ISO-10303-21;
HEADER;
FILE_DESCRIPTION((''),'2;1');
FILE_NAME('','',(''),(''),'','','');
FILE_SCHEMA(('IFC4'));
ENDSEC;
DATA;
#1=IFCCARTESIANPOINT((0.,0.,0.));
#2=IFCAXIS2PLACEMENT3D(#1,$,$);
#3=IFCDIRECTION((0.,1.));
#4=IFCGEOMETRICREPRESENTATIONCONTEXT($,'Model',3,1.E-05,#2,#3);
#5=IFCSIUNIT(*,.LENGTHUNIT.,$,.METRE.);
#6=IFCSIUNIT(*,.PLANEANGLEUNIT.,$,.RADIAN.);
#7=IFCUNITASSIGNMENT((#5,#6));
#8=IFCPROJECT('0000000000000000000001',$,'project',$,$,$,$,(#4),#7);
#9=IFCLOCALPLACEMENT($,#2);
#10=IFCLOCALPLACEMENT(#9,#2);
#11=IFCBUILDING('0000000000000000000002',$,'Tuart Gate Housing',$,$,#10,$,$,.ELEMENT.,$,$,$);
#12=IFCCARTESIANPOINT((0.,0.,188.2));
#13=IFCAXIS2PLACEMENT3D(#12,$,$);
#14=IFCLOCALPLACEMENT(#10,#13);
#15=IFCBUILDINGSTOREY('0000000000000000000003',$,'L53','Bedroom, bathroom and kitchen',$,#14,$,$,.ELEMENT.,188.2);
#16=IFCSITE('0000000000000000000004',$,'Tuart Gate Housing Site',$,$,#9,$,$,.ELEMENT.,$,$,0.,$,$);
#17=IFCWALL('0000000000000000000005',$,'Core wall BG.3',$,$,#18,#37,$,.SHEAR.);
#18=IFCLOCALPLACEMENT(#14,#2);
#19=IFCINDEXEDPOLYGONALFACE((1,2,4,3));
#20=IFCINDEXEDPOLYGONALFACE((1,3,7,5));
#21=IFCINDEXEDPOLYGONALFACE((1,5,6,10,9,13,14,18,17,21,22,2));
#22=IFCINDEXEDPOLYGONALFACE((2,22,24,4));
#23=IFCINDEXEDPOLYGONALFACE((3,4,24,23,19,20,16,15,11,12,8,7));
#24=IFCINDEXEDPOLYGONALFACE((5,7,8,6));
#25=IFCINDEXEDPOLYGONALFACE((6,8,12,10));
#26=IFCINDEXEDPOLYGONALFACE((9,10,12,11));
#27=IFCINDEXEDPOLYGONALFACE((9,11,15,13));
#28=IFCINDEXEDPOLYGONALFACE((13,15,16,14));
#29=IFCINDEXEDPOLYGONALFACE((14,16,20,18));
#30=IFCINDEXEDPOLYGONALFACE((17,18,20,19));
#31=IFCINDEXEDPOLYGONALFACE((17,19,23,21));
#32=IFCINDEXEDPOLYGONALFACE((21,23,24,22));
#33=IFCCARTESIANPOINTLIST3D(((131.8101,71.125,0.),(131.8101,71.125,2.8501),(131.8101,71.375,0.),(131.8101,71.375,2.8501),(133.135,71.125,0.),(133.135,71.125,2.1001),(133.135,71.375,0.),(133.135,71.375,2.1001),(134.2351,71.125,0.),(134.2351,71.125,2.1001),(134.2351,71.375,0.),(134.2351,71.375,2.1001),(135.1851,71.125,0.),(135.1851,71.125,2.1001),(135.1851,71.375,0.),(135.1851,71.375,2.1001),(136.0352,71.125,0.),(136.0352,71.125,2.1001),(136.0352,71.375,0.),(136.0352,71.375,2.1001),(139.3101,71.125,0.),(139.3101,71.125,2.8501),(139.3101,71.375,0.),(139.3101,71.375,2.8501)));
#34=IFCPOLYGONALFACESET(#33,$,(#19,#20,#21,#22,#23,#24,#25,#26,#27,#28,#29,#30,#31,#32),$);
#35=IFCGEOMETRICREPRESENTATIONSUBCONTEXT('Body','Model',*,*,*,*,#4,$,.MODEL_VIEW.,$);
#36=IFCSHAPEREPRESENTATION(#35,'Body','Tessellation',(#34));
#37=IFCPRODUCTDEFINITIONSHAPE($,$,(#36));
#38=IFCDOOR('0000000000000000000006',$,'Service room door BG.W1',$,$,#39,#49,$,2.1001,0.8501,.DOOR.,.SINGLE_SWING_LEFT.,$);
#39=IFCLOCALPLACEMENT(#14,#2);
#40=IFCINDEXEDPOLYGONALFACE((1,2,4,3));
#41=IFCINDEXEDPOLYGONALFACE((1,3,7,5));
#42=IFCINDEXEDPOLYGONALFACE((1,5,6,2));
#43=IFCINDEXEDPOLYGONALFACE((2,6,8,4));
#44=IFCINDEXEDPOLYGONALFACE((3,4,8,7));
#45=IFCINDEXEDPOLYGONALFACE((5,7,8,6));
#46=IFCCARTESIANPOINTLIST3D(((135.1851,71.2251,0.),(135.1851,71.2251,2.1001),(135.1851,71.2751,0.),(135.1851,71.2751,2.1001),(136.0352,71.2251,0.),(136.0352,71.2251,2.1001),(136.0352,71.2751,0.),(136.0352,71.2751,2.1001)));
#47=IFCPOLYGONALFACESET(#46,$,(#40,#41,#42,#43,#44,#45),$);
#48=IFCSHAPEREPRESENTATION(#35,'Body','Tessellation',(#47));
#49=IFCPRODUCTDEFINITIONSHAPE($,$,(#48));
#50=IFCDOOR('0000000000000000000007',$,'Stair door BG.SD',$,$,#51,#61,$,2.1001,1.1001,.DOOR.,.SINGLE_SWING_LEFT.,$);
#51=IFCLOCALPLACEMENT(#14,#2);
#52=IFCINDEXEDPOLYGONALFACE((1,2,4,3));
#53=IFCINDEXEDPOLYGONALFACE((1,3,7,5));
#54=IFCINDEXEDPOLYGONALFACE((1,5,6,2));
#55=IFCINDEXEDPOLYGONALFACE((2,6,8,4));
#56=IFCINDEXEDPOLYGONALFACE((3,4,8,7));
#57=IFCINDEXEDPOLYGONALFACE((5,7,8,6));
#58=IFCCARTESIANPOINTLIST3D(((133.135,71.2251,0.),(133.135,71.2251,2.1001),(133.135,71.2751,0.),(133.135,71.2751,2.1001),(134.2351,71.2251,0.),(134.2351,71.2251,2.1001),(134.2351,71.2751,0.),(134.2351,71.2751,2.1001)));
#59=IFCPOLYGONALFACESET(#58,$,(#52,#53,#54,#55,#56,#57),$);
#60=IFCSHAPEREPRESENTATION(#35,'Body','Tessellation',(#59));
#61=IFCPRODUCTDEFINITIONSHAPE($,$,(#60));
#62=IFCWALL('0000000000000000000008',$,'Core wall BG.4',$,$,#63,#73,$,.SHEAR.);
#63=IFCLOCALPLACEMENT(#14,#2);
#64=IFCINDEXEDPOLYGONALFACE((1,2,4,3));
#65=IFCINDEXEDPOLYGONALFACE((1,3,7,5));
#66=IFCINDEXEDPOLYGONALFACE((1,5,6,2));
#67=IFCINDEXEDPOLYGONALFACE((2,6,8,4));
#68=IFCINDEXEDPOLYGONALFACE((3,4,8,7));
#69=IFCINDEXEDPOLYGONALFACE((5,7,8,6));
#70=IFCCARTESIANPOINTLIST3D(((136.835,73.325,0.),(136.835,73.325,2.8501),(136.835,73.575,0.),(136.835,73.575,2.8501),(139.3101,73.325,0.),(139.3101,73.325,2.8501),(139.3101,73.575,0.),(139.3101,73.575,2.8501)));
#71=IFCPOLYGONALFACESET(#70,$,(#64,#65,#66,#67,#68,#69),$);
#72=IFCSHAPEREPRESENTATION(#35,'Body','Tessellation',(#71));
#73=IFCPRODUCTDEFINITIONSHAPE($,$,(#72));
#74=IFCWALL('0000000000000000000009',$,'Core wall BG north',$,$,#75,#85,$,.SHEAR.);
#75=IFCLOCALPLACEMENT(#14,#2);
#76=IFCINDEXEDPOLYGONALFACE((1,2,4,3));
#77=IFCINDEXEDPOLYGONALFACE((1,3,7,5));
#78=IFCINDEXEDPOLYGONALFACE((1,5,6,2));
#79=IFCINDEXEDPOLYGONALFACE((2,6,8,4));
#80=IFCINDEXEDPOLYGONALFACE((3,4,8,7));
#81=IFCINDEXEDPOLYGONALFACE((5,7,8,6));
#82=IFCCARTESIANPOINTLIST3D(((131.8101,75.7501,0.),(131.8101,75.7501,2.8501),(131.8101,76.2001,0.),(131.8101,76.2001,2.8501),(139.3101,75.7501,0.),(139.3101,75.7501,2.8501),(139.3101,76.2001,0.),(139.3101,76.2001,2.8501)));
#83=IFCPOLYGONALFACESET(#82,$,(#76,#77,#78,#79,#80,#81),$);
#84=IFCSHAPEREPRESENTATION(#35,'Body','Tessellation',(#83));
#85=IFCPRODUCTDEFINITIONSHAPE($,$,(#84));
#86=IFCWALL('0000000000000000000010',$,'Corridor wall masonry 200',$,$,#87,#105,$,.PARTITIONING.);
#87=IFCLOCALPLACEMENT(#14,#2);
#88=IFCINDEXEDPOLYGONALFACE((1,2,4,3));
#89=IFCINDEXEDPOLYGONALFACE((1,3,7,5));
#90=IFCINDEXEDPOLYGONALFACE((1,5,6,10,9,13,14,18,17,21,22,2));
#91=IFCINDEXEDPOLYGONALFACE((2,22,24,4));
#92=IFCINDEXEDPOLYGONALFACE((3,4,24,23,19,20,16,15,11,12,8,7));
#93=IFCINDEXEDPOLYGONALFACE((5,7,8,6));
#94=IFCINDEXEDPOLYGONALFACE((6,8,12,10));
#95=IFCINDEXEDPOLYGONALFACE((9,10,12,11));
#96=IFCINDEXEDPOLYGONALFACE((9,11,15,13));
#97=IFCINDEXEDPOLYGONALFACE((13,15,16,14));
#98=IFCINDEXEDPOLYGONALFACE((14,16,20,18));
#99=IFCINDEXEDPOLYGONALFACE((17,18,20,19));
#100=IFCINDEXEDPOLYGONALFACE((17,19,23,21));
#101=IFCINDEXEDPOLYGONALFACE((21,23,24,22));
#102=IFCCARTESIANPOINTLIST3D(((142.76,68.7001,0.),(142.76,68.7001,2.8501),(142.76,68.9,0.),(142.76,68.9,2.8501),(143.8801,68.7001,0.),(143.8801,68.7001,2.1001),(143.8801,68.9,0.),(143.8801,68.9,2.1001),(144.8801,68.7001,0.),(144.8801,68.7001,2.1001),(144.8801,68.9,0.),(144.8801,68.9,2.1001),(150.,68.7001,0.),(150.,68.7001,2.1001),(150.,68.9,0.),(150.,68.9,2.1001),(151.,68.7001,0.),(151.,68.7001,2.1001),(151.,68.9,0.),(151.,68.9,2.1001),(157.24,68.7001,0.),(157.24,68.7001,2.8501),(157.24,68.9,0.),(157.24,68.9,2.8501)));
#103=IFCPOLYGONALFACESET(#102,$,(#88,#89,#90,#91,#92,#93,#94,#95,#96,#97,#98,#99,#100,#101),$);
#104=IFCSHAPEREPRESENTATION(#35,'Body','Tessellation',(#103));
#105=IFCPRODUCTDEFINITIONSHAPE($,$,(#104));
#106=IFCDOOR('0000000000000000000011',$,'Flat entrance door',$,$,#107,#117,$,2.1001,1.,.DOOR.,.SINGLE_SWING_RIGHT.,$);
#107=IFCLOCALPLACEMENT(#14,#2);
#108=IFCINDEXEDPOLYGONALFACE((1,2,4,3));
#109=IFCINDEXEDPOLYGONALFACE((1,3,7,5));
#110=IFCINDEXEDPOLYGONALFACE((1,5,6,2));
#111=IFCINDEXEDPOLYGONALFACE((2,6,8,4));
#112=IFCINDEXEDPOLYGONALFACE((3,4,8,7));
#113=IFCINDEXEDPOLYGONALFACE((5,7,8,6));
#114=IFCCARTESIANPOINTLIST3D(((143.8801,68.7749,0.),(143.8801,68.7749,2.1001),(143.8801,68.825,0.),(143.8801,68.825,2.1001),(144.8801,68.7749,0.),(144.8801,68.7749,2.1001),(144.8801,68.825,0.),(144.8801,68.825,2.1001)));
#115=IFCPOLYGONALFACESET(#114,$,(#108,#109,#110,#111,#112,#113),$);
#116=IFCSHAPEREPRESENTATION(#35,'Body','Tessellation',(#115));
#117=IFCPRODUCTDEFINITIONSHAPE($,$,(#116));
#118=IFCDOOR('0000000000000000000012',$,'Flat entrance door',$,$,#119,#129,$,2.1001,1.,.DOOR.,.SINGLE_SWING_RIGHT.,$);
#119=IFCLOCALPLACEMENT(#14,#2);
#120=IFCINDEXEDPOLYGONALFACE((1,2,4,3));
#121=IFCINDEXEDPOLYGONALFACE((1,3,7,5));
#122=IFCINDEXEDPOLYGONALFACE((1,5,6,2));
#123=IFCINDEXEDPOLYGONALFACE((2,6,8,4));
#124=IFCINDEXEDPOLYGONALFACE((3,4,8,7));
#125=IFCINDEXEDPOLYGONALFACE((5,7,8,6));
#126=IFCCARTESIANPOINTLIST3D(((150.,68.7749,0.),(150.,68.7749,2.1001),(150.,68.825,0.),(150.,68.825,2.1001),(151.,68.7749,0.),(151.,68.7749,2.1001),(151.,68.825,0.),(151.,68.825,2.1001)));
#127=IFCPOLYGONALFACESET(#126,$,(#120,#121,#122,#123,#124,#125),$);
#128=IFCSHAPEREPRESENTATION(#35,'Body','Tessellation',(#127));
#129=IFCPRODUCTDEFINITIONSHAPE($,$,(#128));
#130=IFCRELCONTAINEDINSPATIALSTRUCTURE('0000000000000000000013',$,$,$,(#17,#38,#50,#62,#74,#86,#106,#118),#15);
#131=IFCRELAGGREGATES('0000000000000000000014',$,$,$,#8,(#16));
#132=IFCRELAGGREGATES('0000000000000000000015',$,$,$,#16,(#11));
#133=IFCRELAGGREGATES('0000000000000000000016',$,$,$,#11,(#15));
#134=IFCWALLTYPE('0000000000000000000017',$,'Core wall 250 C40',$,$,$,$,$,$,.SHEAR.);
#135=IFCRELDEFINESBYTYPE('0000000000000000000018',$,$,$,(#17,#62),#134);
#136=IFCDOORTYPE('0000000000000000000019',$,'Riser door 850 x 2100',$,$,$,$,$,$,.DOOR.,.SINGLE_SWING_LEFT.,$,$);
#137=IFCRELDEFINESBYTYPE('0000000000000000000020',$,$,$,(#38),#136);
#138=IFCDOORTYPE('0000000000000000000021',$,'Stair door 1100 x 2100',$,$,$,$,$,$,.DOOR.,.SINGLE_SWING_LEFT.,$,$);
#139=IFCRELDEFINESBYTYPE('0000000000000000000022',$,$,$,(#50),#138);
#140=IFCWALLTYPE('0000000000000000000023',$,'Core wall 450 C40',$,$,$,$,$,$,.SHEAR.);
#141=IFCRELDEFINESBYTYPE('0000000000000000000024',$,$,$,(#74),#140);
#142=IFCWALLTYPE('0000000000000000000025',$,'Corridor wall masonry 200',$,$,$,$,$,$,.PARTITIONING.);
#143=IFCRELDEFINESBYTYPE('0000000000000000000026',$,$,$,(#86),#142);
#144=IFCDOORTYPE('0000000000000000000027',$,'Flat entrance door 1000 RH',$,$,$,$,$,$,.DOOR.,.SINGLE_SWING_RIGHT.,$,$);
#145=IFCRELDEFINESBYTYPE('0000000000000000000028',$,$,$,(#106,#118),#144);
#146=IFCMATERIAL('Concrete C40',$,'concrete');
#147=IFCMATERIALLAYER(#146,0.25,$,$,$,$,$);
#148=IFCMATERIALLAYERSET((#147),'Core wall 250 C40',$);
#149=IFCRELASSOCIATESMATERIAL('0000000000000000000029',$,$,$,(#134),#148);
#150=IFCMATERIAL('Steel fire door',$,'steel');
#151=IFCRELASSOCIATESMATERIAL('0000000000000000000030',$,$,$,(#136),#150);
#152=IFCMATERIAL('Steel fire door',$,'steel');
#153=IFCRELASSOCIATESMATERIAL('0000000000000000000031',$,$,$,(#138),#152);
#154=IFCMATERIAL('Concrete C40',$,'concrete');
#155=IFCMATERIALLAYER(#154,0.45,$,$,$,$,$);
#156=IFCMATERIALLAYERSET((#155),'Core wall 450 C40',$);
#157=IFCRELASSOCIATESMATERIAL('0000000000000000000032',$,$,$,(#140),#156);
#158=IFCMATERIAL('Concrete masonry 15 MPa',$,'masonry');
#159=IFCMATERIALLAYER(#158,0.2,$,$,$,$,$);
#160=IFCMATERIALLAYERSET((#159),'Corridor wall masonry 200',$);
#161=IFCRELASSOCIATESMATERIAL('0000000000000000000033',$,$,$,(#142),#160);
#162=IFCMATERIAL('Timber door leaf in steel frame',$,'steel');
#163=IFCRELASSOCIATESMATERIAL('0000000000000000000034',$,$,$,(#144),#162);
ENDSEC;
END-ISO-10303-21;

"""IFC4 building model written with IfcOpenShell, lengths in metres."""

from ifc_helpers import new_model, si_unit, direction, frame, frame_2d, origin, place, context, subcontext, project, spatial, rectangle, extrude, material, layer, layer_set, type_object, element, fill, save


model = new_model("IFC4")

# Units and contexts
model_context = context("Model", 3, precision=1e-05, world=origin(), true_north=direction((0.0, 1.0)))
body_context = subcontext(model_context, "Body", "Model", "MODEL_VIEW")
ifc_project = project(units=[si_unit("LENGTHUNIT", "METRE"), si_unit("PLANEANGLEUNIT", "RADIAN")], contexts=[model_context])

# Site, building, storey
site_placement = place(None, origin())
site = spatial("IfcSite", under=ifc_project, at=site_placement, Name="Tuart Gate Housing Site", CompositionType="ELEMENT", RefElevation=0.0)
building_placement = place(site_placement, origin())
building = spatial("IfcBuilding", under=site, at=building_placement, Name="Tuart Gate Housing", CompositionType="ELEMENT")
storey_placement = place(building_placement, frame((0.0, 0.0, 188.2)))
storey = spatial("IfcBuildingStorey", under=building, at=storey_placement, Name="L53", Description="Bedroom, bathroom and kitchen", CompositionType="ELEMENT", Elevation=188.2)

# Wall, openings, doors
ifc_material_1 = material(Name="Concrete C40", Category="concrete")
ifc_layer_1 = layer(ifc_material_1, 0.25)
ifc_layer_set_1 = layer_set([ifc_layer_1], Name="Core wall 250 C40")
wall_type_1 = type_object("IfcWallType", Name="Core wall 250 C40", PredefinedType="SHEAR", material=ifc_layer_set_1)
wall_1_placement = place(storey_placement, frame((139.3101, 71.25, 0.0), z_axis=(0.0, 0.0, 1.0), x_axis=(-1.0, 0.0, 0.0)))
wall_1 = element("IfcWall", 1, at=wall_1_placement, inside=storey, type_object=wall_type_1, Name="Core wall BG.3", PredefinedType="SHEAR", context=body_context, shape_type="SweptSolid", body=[
    extrude(rectangle(XDim=7.5, YDim=0.25, at=frame_2d((3.75, 0.0))), origin(), (0.0, 0.0, 1.0), 2.8501),
])
opening_1_placement = place(wall_1_placement, frame((5.075, 0.0, 0.0)))
opening_1 = element("IfcOpeningElement", 2, at=opening_1_placement, cuts=wall_1, PredefinedType="OPENING", context=body_context, shape_type="SweptSolid", body=[
    extrude(rectangle(XDim=1.1001, YDim=2.1001, at=frame_2d((0.55, 1.05))), frame((0.0, 0.135, 0.0), z_axis=(0.0, -1.0, 0.0), x_axis=(1.0, 0.0, 0.0)), (0.0, 0.0, 1.0), 0.27),
])
opening_2_placement = place(wall_1_placement, frame((3.2749, 0.0, 0.0)))
opening_2 = element("IfcOpeningElement", 3, at=opening_2_placement, cuts=wall_1, PredefinedType="OPENING", context=body_context, shape_type="SweptSolid", body=[
    extrude(rectangle(XDim=0.8501, YDim=2.1001, at=frame_2d((0.425, 1.05))), frame((0.0, 0.135, 0.0), z_axis=(0.0, -1.0, 0.0), x_axis=(1.0, 0.0, 0.0)), (0.0, 0.0, 1.0), 0.27),
])
ifc_material_2 = material(Name="Steel fire door", Category="steel")
door_type_1 = type_object("IfcDoorType", Name="Riser door 850 x 2100", OperationType="SINGLE_SWING_LEFT", PredefinedType="DOOR", material=ifc_material_2)
door_1_placement = place(opening_2_placement, origin())
door_1 = element("IfcDoor", 4, at=door_1_placement, inside=storey, type_object=door_type_1, Name="Service room door BG.W1", OperationType="SINGLE_SWING_LEFT", OverallHeight=2.1001, OverallWidth=0.8501, PredefinedType="DOOR", context=body_context, shape_type="SweptSolid", body=[
    extrude(rectangle(XDim=0.8501, YDim=2.1001, at=frame_2d((0.425, 1.05))), frame((0.0, 0.0249, 0.0), z_axis=(0.0, -1.0, 0.0), x_axis=(1.0, 0.0, 0.0)), (0.0, 0.0, 1.0), 0.05),
])
fill(opening_2, door_1)
ifc_material_3 = material(Name="Steel fire door", Category="steel")
door_type_2 = type_object("IfcDoorType", Name="Stair door 1100 x 2100", OperationType="SINGLE_SWING_LEFT", PredefinedType="DOOR", material=ifc_material_3)
door_2_placement = place(opening_1_placement, origin())
door_2 = element("IfcDoor", 5, at=door_2_placement, inside=storey, type_object=door_type_2, Name="Stair door BG.SD", OperationType="SINGLE_SWING_LEFT", OverallHeight=2.1001, OverallWidth=1.1001, PredefinedType="DOOR", context=body_context, shape_type="SweptSolid", body=[
    extrude(rectangle(XDim=1.1001, YDim=2.1001, at=frame_2d((0.55, 1.05))), frame((0.0, 0.0249, 0.0), z_axis=(0.0, -1.0, 0.0), x_axis=(1.0, 0.0, 0.0)), (0.0, 0.0, 1.0), 0.05),
])
fill(opening_1, door_2)

# Walls
wall_2_placement = place(storey_placement, frame((139.3101, 73.45, 0.0), z_axis=(0.0, 0.0, 1.0), x_axis=(-1.0, 0.0, 0.0)))
element("IfcWall", 6, at=wall_2_placement, inside=storey, type_object=wall_type_1, Name="Core wall BG.4", PredefinedType="SHEAR", context=body_context, shape_type="SweptSolid", body=[
    extrude(rectangle(XDim=2.4751, YDim=0.25, at=frame_2d((1.2375, 0.0))), origin(), (0.0, 0.0, 1.0), 2.8501),
])
ifc_material_4 = material(Name="Concrete C40", Category="concrete")
ifc_layer_2 = layer(ifc_material_4, 0.45)
ifc_layer_set_2 = layer_set([ifc_layer_2], Name="Core wall 450 C40")
wall_type_2 = type_object("IfcWallType", Name="Core wall 450 C40", PredefinedType="SHEAR", material=ifc_layer_set_2)
wall_3_placement = place(storey_placement, frame((139.3101, 75.9751, 0.0), z_axis=(0.0, 0.0, 1.0), x_axis=(-1.0, 0.0, 0.0)))
element("IfcWall", 7, at=wall_3_placement, inside=storey, type_object=wall_type_2, Name="Core wall BG north", PredefinedType="SHEAR", context=body_context, shape_type="SweptSolid", body=[
    extrude(rectangle(XDim=7.5, YDim=0.45, at=frame_2d((3.75, 0.0))), origin(), (0.0, 0.0, 1.0), 2.8501),
])

# Wall, openings, doors
ifc_material_5 = material(Name="Concrete masonry 15 MPa", Category="masonry")
ifc_layer_3 = layer(ifc_material_5, 0.2)
ifc_layer_set_3 = layer_set([ifc_layer_3], Name="Corridor wall masonry 200")
wall_type_3 = type_object("IfcWallType", Name="Corridor wall masonry 200", PredefinedType="PARTITIONING", material=ifc_layer_set_3)
wall_4_placement = place(storey_placement, frame((142.76, 68.8, 0.0), z_axis=(0.0, 0.0, 1.0), x_axis=(1.0, 0.0, 0.0)))
wall_4 = element("IfcWall", 8, at=wall_4_placement, inside=storey, type_object=wall_type_3, Name="Corridor wall masonry 200", PredefinedType="PARTITIONING", context=body_context, shape_type="SweptSolid", body=[
    extrude(rectangle(XDim=14.48, YDim=0.2, at=frame_2d((7.24, 0.0))), origin(), (0.0, 0.0, 1.0), 2.8501),
])
opening_3_placement = place(wall_4_placement, frame((1.1201, 0.0, 0.0)))
opening_3 = element("IfcOpeningElement", 9, at=opening_3_placement, cuts=wall_4, PredefinedType="OPENING", context=body_context, shape_type="SweptSolid", body=[
    extrude(rectangle(XDim=1.0, YDim=2.1001, at=frame_2d((0.5, 1.05))), frame((0.0, 0.1099, 0.0), z_axis=(0.0, -1.0, 0.0), x_axis=(1.0, 0.0, 0.0)), (0.0, 0.0, 1.0), 0.22),
])
opening_4_placement = place(wall_4_placement, frame((7.24, 0.0, 0.0)))
opening_4 = element("IfcOpeningElement", 10, at=opening_4_placement, cuts=wall_4, PredefinedType="OPENING", context=body_context, shape_type="SweptSolid", body=[
    extrude(rectangle(XDim=1.0, YDim=2.1001, at=frame_2d((0.5, 1.05))), frame((0.0, 0.1099, 0.0), z_axis=(0.0, -1.0, 0.0), x_axis=(1.0, 0.0, 0.0)), (0.0, 0.0, 1.0), 0.22),
])
ifc_material_6 = material(Name="Timber door leaf in steel frame", Category="steel")
door_type_3 = type_object("IfcDoorType", Name="Flat entrance door 1000 RH", OperationType="SINGLE_SWING_RIGHT", PredefinedType="DOOR", material=ifc_material_6)
door_3_placement = place(opening_3_placement, frame((1.0, 0.0, 0.0), z_axis=(0.0, 0.0, 1.0), x_axis=(-1.0, 0.0, 0.0)))
door_3 = element("IfcDoor", 11, at=door_3_placement, inside=storey, type_object=door_type_3, Name="Flat entrance door", OperationType="SINGLE_SWING_RIGHT", OverallHeight=2.1001, OverallWidth=1.0, PredefinedType="DOOR", context=body_context, shape_type="SweptSolid", body=[
    extrude(rectangle(XDim=1.0, YDim=2.1001, at=frame_2d((0.5, 1.05))), frame((0.0, 0.0251, 0.0), z_axis=(0.0, -1.0, 0.0), x_axis=(1.0, 0.0, 0.0)), (0.0, 0.0, 1.0), 0.05),
])
fill(opening_3, door_3)
door_4_placement = place(opening_4_placement, frame((1.0, 0.0, 0.0), z_axis=(0.0, 0.0, 1.0), x_axis=(-1.0, 0.0, 0.0)))
door_4 = element("IfcDoor", 12, at=door_4_placement, inside=storey, type_object=door_type_3, Name="Flat entrance door", OperationType="SINGLE_SWING_RIGHT", OverallHeight=2.1001, OverallWidth=1.0, PredefinedType="DOOR", context=body_context, shape_type="SweptSolid", body=[
    extrude(rectangle(XDim=1.0, YDim=2.1001, at=frame_2d((0.5, 1.05))), frame((0.0, 0.0251, 0.0), z_axis=(0.0, -1.0, 0.0), x_axis=(1.0, 0.0, 0.0)), (0.0, 0.0, 1.0), 0.05),
])
fill(opening_4, door_4)

save(model, "model.ifc")
